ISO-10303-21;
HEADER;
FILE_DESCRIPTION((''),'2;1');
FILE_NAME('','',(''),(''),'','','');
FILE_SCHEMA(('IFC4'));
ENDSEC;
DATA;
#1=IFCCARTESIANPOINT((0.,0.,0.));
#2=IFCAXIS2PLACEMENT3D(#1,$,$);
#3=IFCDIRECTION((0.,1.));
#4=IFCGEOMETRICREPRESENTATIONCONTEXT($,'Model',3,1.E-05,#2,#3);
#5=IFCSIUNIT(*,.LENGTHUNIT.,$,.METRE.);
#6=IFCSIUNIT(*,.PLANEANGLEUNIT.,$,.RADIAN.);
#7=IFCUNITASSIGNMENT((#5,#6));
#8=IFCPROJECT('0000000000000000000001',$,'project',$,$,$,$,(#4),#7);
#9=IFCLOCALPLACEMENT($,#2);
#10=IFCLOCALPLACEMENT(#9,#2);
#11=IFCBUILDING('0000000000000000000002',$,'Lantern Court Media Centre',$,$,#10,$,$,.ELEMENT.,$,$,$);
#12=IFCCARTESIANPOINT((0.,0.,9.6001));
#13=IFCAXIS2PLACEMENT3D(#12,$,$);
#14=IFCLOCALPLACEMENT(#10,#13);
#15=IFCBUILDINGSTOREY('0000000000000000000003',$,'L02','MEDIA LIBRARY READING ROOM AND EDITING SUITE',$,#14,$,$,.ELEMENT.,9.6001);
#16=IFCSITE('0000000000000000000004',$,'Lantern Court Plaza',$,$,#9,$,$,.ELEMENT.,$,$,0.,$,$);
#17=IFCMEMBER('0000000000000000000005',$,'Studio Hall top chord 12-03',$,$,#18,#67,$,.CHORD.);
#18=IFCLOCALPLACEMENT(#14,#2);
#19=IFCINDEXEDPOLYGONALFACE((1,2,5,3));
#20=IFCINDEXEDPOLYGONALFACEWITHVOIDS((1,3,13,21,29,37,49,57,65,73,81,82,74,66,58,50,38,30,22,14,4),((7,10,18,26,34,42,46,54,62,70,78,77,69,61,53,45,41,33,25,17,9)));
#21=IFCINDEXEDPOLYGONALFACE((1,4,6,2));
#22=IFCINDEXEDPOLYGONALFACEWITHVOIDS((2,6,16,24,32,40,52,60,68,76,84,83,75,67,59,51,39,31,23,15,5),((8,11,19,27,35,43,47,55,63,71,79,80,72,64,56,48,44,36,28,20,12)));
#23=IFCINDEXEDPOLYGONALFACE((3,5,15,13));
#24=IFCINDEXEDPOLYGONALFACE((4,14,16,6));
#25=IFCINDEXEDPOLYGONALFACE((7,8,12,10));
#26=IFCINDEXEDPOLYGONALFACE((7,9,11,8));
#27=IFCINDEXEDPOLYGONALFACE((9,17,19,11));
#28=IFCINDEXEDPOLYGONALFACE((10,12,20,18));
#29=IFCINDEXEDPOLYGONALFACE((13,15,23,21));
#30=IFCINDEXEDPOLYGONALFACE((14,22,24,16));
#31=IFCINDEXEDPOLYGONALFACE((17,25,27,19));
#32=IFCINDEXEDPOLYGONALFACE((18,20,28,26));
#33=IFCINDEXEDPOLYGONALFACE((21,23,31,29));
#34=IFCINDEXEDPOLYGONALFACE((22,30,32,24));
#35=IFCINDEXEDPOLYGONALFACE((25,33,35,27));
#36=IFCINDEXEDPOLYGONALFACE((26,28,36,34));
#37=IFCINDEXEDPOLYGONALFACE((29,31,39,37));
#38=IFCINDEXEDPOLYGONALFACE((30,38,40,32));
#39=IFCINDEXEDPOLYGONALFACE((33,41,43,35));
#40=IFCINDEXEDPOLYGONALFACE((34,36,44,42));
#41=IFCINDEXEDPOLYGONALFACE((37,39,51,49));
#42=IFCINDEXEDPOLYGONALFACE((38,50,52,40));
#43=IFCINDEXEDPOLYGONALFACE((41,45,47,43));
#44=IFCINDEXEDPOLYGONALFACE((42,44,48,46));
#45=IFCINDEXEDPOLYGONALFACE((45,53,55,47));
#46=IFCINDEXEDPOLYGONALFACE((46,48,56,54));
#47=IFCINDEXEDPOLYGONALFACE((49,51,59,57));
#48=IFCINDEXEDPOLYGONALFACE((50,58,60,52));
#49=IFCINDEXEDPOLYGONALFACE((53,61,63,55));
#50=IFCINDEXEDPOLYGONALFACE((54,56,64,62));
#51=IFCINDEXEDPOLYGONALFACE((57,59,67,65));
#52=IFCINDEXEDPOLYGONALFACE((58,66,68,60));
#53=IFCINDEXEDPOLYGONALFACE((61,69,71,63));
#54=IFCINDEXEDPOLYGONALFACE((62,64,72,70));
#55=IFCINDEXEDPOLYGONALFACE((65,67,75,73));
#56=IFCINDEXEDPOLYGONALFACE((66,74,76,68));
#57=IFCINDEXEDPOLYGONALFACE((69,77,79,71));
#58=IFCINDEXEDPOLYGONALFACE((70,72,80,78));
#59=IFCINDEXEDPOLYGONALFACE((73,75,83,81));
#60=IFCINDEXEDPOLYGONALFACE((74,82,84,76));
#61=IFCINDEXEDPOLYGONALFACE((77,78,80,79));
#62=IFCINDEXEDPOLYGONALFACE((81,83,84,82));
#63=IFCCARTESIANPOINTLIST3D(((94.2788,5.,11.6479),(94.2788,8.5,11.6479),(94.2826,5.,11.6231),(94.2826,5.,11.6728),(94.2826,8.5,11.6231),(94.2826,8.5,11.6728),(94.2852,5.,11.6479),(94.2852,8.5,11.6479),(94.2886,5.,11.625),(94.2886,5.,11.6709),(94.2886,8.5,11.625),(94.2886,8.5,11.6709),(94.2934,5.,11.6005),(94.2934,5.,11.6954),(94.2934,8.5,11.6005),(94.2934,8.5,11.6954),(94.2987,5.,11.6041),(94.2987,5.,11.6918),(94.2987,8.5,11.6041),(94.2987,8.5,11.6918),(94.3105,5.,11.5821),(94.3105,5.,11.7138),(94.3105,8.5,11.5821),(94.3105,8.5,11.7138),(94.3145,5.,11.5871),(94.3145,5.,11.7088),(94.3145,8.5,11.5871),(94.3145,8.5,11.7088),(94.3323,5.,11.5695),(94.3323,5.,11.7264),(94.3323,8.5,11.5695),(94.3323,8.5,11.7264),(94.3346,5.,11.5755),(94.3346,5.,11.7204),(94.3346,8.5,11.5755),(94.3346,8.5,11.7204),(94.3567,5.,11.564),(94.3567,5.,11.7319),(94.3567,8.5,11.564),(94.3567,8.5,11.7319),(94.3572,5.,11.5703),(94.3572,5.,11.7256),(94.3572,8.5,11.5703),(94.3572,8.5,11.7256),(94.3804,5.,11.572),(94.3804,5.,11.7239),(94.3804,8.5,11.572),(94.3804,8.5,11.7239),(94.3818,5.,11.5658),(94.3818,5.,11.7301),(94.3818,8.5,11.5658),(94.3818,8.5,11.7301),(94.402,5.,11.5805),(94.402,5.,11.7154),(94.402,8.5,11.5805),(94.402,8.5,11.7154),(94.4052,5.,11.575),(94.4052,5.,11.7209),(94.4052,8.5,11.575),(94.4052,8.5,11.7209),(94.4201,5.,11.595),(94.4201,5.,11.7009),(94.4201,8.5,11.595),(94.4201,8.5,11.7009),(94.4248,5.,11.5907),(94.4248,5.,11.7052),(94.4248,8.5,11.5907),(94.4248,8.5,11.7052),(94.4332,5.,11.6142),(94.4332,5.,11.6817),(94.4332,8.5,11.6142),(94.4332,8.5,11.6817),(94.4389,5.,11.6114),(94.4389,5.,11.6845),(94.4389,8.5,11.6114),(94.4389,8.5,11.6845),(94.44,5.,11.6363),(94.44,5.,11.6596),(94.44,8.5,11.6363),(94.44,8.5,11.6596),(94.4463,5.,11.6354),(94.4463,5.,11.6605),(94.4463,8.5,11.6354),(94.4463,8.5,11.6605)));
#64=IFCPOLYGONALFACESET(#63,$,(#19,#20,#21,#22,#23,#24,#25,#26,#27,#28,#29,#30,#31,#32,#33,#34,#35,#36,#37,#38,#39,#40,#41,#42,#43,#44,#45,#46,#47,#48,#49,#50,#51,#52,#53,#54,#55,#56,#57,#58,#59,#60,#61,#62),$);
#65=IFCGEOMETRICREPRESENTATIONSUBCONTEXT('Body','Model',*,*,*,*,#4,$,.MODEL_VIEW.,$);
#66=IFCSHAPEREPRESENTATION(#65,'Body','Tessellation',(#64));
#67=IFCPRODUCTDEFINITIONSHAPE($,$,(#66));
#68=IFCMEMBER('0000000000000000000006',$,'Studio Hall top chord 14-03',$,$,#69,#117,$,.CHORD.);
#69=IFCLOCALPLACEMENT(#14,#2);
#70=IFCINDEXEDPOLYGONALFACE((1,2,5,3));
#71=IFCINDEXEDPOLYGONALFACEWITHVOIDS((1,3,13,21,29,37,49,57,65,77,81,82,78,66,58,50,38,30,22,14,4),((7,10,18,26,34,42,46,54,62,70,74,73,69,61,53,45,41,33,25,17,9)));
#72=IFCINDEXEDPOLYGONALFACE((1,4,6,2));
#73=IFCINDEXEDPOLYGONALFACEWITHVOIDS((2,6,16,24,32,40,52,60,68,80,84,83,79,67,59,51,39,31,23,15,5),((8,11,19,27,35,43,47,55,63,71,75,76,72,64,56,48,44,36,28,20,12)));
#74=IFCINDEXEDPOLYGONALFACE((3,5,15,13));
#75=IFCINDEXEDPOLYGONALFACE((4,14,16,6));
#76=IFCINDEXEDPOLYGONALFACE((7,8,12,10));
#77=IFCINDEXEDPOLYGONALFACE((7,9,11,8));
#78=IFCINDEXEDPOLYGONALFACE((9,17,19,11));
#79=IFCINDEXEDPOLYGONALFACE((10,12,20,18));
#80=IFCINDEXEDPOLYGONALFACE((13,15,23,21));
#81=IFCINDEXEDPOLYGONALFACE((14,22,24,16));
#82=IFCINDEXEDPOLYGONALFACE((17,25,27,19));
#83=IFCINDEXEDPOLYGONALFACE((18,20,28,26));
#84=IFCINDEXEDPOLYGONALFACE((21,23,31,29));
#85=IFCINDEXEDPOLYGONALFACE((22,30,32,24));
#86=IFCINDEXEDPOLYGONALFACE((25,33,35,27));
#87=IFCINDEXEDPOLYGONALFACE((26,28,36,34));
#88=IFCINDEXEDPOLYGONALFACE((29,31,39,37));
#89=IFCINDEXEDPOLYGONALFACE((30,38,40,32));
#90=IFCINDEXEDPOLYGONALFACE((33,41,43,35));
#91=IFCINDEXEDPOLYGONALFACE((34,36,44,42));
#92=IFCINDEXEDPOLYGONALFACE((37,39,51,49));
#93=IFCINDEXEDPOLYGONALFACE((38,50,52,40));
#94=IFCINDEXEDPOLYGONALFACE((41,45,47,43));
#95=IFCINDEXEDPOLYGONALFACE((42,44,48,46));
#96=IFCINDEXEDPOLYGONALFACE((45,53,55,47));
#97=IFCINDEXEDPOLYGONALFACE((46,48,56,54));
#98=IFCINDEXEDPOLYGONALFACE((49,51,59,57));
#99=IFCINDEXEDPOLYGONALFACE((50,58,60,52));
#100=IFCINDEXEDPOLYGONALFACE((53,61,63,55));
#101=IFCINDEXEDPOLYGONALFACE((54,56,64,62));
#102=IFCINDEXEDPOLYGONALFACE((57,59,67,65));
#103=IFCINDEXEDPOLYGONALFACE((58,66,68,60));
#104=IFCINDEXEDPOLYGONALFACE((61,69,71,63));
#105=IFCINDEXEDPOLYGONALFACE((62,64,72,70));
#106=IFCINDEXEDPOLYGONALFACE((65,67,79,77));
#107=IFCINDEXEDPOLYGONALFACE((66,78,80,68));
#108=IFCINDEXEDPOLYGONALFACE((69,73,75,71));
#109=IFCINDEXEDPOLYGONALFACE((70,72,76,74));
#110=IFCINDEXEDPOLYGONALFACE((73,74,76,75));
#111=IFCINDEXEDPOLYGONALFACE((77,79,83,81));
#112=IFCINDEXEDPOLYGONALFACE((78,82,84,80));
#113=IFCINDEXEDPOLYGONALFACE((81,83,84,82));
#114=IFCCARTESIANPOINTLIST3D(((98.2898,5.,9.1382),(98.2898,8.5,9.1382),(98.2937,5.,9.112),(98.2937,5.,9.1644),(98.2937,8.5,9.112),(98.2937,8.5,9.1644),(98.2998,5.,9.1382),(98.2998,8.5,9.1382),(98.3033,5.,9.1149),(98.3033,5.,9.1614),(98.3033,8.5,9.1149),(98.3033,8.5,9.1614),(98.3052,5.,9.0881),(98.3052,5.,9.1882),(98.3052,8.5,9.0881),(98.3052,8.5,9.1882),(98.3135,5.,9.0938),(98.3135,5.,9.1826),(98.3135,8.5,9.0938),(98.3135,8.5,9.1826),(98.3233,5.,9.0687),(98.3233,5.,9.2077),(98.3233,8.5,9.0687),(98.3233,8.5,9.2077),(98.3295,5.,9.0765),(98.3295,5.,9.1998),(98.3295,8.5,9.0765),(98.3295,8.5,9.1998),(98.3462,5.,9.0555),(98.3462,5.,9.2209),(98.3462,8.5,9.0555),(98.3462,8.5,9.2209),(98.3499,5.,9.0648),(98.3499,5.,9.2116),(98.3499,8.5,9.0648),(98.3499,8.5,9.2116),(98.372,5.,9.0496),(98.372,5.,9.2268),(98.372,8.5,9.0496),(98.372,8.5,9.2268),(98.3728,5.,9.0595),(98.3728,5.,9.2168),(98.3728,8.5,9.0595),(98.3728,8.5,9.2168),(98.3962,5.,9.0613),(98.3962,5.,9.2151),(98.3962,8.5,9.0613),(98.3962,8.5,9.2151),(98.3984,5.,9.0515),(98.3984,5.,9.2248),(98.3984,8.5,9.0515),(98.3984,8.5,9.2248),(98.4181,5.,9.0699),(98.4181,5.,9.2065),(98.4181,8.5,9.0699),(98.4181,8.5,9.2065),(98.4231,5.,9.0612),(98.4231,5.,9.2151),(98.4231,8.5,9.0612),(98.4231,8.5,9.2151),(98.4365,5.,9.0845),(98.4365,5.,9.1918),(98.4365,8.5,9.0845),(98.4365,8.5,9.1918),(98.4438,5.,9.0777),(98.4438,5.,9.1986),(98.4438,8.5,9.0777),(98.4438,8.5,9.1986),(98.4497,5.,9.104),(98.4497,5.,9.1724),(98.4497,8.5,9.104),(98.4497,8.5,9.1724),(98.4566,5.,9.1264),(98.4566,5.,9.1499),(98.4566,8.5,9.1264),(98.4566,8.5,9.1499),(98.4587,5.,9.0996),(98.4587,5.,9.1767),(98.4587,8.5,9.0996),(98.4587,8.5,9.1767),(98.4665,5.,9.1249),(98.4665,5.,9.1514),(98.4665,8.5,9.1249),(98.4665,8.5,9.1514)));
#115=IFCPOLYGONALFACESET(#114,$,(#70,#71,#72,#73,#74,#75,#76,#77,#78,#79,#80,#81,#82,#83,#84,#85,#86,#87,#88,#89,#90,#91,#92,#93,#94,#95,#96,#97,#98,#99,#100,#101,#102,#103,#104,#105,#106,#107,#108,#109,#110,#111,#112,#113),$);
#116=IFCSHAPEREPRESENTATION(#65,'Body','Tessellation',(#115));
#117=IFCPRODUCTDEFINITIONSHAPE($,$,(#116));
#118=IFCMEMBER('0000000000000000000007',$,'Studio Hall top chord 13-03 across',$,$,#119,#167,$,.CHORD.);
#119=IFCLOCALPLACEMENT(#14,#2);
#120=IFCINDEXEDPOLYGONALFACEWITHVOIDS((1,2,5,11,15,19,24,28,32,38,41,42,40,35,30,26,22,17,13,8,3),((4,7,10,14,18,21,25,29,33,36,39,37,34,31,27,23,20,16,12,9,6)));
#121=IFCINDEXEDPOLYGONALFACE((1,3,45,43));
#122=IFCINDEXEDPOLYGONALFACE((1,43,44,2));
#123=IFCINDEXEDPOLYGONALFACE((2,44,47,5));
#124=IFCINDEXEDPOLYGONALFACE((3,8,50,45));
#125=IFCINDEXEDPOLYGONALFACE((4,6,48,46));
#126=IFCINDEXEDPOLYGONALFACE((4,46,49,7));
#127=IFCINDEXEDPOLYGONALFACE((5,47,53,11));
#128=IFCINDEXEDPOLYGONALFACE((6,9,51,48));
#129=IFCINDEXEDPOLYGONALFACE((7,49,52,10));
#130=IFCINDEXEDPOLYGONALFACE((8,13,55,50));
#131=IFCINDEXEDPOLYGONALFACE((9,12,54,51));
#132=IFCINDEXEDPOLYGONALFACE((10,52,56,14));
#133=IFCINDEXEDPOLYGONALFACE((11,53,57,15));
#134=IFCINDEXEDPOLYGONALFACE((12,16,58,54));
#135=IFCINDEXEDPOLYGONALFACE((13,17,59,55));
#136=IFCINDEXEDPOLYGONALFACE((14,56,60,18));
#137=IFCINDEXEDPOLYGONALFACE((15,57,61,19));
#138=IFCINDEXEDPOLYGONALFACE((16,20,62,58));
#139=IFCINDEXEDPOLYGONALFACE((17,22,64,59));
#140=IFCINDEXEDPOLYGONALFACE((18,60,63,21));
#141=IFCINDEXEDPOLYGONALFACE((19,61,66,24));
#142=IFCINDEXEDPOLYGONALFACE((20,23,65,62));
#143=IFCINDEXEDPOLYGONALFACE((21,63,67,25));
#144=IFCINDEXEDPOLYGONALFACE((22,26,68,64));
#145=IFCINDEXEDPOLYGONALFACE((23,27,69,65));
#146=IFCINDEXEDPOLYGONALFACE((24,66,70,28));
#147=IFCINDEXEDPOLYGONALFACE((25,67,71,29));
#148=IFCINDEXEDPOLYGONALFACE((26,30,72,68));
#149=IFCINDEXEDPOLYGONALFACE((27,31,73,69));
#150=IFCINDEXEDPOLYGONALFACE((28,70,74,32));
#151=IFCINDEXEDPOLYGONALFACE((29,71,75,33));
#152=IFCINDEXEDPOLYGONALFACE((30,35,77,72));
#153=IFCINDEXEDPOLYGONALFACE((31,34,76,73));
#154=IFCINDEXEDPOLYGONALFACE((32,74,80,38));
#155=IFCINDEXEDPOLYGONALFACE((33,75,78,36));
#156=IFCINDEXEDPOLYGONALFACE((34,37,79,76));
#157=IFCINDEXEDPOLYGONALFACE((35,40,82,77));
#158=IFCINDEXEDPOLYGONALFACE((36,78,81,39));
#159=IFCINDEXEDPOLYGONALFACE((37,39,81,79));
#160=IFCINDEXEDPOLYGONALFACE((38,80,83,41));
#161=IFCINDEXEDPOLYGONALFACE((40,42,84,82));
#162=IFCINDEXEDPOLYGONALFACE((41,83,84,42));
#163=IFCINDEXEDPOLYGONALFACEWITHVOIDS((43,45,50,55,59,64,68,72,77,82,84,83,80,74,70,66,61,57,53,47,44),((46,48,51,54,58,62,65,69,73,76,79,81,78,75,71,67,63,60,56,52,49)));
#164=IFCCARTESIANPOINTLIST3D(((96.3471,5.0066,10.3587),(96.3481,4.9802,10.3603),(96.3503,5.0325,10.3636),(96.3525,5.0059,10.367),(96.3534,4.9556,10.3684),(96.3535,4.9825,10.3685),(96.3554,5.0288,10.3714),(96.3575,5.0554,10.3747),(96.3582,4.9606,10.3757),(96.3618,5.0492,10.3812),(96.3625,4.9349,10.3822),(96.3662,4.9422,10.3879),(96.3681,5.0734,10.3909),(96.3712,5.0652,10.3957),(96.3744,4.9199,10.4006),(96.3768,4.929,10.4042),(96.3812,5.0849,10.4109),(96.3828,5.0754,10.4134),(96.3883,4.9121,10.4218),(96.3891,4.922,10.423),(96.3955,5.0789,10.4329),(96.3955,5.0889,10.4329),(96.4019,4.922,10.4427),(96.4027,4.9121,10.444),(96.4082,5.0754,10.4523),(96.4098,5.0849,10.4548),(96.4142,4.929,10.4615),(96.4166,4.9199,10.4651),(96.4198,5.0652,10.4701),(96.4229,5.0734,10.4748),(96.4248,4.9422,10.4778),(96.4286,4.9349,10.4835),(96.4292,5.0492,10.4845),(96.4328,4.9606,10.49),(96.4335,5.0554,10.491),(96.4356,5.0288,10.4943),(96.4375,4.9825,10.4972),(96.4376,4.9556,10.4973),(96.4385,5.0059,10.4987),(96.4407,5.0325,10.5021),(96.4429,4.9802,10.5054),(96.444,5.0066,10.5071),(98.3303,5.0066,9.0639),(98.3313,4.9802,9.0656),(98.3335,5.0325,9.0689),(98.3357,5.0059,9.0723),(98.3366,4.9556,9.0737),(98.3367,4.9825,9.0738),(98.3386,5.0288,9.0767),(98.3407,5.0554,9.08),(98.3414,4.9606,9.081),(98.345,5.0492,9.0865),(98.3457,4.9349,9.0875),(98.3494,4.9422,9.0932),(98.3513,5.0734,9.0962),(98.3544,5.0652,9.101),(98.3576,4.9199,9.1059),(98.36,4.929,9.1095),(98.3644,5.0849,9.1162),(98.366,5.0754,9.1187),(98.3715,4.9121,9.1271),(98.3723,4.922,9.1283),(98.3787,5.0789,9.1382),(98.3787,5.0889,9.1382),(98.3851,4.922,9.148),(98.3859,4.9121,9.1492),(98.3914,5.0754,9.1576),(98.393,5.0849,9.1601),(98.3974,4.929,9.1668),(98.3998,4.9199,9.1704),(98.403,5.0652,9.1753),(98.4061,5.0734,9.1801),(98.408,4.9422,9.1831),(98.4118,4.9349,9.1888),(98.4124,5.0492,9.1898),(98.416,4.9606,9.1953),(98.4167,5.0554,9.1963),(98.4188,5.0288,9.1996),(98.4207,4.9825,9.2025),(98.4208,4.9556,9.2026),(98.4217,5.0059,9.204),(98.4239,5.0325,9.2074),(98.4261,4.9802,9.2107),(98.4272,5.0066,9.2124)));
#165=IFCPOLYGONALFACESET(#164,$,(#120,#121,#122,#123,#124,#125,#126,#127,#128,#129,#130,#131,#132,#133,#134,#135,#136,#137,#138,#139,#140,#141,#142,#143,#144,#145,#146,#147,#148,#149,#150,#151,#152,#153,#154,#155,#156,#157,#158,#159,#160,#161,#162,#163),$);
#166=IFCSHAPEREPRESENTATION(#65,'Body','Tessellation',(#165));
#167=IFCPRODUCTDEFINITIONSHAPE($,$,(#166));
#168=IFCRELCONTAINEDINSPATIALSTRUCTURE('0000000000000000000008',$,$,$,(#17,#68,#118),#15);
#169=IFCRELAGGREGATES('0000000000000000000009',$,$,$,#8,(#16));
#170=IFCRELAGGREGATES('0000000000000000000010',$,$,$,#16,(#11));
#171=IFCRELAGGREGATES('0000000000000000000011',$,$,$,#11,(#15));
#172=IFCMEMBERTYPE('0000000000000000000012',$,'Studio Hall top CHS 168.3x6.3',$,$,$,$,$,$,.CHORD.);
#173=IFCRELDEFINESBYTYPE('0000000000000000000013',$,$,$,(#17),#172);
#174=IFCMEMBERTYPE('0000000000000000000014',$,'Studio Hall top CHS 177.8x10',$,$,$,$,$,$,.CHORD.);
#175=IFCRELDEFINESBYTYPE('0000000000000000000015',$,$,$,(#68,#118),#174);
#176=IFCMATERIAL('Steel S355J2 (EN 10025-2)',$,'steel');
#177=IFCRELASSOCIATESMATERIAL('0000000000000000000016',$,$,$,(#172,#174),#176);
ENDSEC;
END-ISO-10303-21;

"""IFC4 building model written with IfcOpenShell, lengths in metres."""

from ifc_helpers import new_model, si_unit, direction, frame, origin, origin_2d, place, context, subcontext, project, spatial, hollow_circle, extrude, material, material_profile, profile_set, type_object, element, save


model = new_model("IFC4")

# Units and contexts
model_context = context("Model", 3, precision=1e-05, world=origin(), true_north=direction((0.0, 1.0)))
body_context = subcontext(model_context, "Body", "Model", "MODEL_VIEW")
ifc_project = project(units=[si_unit("LENGTHUNIT", "METRE"), si_unit("PLANEANGLEUNIT", "RADIAN")], contexts=[model_context])

# Site, building, storey
site_placement = place(None, origin())
site = spatial("IfcSite", under=ifc_project, at=site_placement, Name="Lantern Court Plaza", CompositionType="ELEMENT", RefElevation=0.0)
building_placement = place(site_placement, origin())
building = spatial("IfcBuilding", under=site, at=building_placement, Name="Lantern Court Media Centre", CompositionType="ELEMENT")
storey_placement = place(building_placement, frame((0.0, 0.0, 9.6001)))
storey = spatial("IfcBuildingStorey", under=building, at=storey_placement, Name="L02", Description="MEDIA LIBRARY READING ROOM AND EDITING SUITE", CompositionType="ELEMENT", Elevation=9.6001)

# Members
ifc_material = material(Name="Steel S355J2 (EN 10025-2)", Category="steel")
ifc_material_profile_1 = material_profile(ifc_material, hollow_circle(Radius=0.0842, WallThickness=0.0063, at=origin_2d()), Name="Studio Hall top CHS 168.3x6.3")
ifc_profile_set_1 = profile_set([ifc_material_profile_1], Name="Steel S355J2 (EN 10025-2)")
member_type_1 = type_object("IfcMemberType", Name="Studio Hall top CHS 168.3x6.3", PredefinedType="CHORD", material=ifc_profile_set_1)
member_1_placement = place(storey_placement, frame((94.363, 5.0, 11.6479), z_axis=(0.0, 1.0, 0.0), x_axis=(-1.0, 0.0, 0.0)))
element("IfcMember", 1, at=member_1_placement, inside=storey, type_object=member_type_1, Name="Studio Hall top chord 12-03", PredefinedType="CHORD", context=body_context, shape_type="SweptSolid", body=[
    extrude(hollow_circle(Radius=0.0842, WallThickness=0.0063, at=origin_2d()), origin(), (0.0, 0.0, 1.0), 3.5),
])
ifc_material_profile_2 = material_profile(ifc_material, hollow_circle(Radius=0.0889, WallThickness=0.01, at=origin_2d()), Name="Studio Hall top CHS 177.8x10")
ifc_profile_set_2 = profile_set([ifc_material_profile_2], Name="Steel S355J2 (EN 10025-2)")
member_type_2 = type_object("IfcMemberType", Name="Studio Hall top CHS 177.8x10", PredefinedType="CHORD", material=ifc_profile_set_2)
member_2_placement = place(storey_placement, frame((98.3787, 5.0, 9.1382), z_axis=(0.0, 1.0, 0.0), x_axis=(-1.0, 0.0, 0.0)))
element("IfcMember", 2, at=member_2_placement, inside=storey, type_object=member_type_2, Name="Studio Hall top chord 14-03", PredefinedType="CHORD", context=body_context, shape_type="SweptSolid", body=[
    extrude(hollow_circle(Radius=0.0889, WallThickness=0.01, at=origin_2d()), origin(), (0.0, 0.0, 1.0), 3.5),
])
member_3_placement = place(storey_placement, frame((96.3955, 5.0, 10.4329), z_axis=(0.837356, 0.0, -0.546658), x_axis=(0.0, 1.0, 0.0)))
element("IfcMember", 3, at=member_3_placement, inside=storey, type_object=member_type_2, Name="Studio Hall top chord 13-03 across", PredefinedType="CHORD", context=body_context, shape_type="SweptSolid", body=[
    extrude(hollow_circle(Radius=0.0889, WallThickness=0.01, at=origin_2d()), origin(), (0.0, 0.0, 1.0), 2.3684),
])

save(model, "model.ifc")
